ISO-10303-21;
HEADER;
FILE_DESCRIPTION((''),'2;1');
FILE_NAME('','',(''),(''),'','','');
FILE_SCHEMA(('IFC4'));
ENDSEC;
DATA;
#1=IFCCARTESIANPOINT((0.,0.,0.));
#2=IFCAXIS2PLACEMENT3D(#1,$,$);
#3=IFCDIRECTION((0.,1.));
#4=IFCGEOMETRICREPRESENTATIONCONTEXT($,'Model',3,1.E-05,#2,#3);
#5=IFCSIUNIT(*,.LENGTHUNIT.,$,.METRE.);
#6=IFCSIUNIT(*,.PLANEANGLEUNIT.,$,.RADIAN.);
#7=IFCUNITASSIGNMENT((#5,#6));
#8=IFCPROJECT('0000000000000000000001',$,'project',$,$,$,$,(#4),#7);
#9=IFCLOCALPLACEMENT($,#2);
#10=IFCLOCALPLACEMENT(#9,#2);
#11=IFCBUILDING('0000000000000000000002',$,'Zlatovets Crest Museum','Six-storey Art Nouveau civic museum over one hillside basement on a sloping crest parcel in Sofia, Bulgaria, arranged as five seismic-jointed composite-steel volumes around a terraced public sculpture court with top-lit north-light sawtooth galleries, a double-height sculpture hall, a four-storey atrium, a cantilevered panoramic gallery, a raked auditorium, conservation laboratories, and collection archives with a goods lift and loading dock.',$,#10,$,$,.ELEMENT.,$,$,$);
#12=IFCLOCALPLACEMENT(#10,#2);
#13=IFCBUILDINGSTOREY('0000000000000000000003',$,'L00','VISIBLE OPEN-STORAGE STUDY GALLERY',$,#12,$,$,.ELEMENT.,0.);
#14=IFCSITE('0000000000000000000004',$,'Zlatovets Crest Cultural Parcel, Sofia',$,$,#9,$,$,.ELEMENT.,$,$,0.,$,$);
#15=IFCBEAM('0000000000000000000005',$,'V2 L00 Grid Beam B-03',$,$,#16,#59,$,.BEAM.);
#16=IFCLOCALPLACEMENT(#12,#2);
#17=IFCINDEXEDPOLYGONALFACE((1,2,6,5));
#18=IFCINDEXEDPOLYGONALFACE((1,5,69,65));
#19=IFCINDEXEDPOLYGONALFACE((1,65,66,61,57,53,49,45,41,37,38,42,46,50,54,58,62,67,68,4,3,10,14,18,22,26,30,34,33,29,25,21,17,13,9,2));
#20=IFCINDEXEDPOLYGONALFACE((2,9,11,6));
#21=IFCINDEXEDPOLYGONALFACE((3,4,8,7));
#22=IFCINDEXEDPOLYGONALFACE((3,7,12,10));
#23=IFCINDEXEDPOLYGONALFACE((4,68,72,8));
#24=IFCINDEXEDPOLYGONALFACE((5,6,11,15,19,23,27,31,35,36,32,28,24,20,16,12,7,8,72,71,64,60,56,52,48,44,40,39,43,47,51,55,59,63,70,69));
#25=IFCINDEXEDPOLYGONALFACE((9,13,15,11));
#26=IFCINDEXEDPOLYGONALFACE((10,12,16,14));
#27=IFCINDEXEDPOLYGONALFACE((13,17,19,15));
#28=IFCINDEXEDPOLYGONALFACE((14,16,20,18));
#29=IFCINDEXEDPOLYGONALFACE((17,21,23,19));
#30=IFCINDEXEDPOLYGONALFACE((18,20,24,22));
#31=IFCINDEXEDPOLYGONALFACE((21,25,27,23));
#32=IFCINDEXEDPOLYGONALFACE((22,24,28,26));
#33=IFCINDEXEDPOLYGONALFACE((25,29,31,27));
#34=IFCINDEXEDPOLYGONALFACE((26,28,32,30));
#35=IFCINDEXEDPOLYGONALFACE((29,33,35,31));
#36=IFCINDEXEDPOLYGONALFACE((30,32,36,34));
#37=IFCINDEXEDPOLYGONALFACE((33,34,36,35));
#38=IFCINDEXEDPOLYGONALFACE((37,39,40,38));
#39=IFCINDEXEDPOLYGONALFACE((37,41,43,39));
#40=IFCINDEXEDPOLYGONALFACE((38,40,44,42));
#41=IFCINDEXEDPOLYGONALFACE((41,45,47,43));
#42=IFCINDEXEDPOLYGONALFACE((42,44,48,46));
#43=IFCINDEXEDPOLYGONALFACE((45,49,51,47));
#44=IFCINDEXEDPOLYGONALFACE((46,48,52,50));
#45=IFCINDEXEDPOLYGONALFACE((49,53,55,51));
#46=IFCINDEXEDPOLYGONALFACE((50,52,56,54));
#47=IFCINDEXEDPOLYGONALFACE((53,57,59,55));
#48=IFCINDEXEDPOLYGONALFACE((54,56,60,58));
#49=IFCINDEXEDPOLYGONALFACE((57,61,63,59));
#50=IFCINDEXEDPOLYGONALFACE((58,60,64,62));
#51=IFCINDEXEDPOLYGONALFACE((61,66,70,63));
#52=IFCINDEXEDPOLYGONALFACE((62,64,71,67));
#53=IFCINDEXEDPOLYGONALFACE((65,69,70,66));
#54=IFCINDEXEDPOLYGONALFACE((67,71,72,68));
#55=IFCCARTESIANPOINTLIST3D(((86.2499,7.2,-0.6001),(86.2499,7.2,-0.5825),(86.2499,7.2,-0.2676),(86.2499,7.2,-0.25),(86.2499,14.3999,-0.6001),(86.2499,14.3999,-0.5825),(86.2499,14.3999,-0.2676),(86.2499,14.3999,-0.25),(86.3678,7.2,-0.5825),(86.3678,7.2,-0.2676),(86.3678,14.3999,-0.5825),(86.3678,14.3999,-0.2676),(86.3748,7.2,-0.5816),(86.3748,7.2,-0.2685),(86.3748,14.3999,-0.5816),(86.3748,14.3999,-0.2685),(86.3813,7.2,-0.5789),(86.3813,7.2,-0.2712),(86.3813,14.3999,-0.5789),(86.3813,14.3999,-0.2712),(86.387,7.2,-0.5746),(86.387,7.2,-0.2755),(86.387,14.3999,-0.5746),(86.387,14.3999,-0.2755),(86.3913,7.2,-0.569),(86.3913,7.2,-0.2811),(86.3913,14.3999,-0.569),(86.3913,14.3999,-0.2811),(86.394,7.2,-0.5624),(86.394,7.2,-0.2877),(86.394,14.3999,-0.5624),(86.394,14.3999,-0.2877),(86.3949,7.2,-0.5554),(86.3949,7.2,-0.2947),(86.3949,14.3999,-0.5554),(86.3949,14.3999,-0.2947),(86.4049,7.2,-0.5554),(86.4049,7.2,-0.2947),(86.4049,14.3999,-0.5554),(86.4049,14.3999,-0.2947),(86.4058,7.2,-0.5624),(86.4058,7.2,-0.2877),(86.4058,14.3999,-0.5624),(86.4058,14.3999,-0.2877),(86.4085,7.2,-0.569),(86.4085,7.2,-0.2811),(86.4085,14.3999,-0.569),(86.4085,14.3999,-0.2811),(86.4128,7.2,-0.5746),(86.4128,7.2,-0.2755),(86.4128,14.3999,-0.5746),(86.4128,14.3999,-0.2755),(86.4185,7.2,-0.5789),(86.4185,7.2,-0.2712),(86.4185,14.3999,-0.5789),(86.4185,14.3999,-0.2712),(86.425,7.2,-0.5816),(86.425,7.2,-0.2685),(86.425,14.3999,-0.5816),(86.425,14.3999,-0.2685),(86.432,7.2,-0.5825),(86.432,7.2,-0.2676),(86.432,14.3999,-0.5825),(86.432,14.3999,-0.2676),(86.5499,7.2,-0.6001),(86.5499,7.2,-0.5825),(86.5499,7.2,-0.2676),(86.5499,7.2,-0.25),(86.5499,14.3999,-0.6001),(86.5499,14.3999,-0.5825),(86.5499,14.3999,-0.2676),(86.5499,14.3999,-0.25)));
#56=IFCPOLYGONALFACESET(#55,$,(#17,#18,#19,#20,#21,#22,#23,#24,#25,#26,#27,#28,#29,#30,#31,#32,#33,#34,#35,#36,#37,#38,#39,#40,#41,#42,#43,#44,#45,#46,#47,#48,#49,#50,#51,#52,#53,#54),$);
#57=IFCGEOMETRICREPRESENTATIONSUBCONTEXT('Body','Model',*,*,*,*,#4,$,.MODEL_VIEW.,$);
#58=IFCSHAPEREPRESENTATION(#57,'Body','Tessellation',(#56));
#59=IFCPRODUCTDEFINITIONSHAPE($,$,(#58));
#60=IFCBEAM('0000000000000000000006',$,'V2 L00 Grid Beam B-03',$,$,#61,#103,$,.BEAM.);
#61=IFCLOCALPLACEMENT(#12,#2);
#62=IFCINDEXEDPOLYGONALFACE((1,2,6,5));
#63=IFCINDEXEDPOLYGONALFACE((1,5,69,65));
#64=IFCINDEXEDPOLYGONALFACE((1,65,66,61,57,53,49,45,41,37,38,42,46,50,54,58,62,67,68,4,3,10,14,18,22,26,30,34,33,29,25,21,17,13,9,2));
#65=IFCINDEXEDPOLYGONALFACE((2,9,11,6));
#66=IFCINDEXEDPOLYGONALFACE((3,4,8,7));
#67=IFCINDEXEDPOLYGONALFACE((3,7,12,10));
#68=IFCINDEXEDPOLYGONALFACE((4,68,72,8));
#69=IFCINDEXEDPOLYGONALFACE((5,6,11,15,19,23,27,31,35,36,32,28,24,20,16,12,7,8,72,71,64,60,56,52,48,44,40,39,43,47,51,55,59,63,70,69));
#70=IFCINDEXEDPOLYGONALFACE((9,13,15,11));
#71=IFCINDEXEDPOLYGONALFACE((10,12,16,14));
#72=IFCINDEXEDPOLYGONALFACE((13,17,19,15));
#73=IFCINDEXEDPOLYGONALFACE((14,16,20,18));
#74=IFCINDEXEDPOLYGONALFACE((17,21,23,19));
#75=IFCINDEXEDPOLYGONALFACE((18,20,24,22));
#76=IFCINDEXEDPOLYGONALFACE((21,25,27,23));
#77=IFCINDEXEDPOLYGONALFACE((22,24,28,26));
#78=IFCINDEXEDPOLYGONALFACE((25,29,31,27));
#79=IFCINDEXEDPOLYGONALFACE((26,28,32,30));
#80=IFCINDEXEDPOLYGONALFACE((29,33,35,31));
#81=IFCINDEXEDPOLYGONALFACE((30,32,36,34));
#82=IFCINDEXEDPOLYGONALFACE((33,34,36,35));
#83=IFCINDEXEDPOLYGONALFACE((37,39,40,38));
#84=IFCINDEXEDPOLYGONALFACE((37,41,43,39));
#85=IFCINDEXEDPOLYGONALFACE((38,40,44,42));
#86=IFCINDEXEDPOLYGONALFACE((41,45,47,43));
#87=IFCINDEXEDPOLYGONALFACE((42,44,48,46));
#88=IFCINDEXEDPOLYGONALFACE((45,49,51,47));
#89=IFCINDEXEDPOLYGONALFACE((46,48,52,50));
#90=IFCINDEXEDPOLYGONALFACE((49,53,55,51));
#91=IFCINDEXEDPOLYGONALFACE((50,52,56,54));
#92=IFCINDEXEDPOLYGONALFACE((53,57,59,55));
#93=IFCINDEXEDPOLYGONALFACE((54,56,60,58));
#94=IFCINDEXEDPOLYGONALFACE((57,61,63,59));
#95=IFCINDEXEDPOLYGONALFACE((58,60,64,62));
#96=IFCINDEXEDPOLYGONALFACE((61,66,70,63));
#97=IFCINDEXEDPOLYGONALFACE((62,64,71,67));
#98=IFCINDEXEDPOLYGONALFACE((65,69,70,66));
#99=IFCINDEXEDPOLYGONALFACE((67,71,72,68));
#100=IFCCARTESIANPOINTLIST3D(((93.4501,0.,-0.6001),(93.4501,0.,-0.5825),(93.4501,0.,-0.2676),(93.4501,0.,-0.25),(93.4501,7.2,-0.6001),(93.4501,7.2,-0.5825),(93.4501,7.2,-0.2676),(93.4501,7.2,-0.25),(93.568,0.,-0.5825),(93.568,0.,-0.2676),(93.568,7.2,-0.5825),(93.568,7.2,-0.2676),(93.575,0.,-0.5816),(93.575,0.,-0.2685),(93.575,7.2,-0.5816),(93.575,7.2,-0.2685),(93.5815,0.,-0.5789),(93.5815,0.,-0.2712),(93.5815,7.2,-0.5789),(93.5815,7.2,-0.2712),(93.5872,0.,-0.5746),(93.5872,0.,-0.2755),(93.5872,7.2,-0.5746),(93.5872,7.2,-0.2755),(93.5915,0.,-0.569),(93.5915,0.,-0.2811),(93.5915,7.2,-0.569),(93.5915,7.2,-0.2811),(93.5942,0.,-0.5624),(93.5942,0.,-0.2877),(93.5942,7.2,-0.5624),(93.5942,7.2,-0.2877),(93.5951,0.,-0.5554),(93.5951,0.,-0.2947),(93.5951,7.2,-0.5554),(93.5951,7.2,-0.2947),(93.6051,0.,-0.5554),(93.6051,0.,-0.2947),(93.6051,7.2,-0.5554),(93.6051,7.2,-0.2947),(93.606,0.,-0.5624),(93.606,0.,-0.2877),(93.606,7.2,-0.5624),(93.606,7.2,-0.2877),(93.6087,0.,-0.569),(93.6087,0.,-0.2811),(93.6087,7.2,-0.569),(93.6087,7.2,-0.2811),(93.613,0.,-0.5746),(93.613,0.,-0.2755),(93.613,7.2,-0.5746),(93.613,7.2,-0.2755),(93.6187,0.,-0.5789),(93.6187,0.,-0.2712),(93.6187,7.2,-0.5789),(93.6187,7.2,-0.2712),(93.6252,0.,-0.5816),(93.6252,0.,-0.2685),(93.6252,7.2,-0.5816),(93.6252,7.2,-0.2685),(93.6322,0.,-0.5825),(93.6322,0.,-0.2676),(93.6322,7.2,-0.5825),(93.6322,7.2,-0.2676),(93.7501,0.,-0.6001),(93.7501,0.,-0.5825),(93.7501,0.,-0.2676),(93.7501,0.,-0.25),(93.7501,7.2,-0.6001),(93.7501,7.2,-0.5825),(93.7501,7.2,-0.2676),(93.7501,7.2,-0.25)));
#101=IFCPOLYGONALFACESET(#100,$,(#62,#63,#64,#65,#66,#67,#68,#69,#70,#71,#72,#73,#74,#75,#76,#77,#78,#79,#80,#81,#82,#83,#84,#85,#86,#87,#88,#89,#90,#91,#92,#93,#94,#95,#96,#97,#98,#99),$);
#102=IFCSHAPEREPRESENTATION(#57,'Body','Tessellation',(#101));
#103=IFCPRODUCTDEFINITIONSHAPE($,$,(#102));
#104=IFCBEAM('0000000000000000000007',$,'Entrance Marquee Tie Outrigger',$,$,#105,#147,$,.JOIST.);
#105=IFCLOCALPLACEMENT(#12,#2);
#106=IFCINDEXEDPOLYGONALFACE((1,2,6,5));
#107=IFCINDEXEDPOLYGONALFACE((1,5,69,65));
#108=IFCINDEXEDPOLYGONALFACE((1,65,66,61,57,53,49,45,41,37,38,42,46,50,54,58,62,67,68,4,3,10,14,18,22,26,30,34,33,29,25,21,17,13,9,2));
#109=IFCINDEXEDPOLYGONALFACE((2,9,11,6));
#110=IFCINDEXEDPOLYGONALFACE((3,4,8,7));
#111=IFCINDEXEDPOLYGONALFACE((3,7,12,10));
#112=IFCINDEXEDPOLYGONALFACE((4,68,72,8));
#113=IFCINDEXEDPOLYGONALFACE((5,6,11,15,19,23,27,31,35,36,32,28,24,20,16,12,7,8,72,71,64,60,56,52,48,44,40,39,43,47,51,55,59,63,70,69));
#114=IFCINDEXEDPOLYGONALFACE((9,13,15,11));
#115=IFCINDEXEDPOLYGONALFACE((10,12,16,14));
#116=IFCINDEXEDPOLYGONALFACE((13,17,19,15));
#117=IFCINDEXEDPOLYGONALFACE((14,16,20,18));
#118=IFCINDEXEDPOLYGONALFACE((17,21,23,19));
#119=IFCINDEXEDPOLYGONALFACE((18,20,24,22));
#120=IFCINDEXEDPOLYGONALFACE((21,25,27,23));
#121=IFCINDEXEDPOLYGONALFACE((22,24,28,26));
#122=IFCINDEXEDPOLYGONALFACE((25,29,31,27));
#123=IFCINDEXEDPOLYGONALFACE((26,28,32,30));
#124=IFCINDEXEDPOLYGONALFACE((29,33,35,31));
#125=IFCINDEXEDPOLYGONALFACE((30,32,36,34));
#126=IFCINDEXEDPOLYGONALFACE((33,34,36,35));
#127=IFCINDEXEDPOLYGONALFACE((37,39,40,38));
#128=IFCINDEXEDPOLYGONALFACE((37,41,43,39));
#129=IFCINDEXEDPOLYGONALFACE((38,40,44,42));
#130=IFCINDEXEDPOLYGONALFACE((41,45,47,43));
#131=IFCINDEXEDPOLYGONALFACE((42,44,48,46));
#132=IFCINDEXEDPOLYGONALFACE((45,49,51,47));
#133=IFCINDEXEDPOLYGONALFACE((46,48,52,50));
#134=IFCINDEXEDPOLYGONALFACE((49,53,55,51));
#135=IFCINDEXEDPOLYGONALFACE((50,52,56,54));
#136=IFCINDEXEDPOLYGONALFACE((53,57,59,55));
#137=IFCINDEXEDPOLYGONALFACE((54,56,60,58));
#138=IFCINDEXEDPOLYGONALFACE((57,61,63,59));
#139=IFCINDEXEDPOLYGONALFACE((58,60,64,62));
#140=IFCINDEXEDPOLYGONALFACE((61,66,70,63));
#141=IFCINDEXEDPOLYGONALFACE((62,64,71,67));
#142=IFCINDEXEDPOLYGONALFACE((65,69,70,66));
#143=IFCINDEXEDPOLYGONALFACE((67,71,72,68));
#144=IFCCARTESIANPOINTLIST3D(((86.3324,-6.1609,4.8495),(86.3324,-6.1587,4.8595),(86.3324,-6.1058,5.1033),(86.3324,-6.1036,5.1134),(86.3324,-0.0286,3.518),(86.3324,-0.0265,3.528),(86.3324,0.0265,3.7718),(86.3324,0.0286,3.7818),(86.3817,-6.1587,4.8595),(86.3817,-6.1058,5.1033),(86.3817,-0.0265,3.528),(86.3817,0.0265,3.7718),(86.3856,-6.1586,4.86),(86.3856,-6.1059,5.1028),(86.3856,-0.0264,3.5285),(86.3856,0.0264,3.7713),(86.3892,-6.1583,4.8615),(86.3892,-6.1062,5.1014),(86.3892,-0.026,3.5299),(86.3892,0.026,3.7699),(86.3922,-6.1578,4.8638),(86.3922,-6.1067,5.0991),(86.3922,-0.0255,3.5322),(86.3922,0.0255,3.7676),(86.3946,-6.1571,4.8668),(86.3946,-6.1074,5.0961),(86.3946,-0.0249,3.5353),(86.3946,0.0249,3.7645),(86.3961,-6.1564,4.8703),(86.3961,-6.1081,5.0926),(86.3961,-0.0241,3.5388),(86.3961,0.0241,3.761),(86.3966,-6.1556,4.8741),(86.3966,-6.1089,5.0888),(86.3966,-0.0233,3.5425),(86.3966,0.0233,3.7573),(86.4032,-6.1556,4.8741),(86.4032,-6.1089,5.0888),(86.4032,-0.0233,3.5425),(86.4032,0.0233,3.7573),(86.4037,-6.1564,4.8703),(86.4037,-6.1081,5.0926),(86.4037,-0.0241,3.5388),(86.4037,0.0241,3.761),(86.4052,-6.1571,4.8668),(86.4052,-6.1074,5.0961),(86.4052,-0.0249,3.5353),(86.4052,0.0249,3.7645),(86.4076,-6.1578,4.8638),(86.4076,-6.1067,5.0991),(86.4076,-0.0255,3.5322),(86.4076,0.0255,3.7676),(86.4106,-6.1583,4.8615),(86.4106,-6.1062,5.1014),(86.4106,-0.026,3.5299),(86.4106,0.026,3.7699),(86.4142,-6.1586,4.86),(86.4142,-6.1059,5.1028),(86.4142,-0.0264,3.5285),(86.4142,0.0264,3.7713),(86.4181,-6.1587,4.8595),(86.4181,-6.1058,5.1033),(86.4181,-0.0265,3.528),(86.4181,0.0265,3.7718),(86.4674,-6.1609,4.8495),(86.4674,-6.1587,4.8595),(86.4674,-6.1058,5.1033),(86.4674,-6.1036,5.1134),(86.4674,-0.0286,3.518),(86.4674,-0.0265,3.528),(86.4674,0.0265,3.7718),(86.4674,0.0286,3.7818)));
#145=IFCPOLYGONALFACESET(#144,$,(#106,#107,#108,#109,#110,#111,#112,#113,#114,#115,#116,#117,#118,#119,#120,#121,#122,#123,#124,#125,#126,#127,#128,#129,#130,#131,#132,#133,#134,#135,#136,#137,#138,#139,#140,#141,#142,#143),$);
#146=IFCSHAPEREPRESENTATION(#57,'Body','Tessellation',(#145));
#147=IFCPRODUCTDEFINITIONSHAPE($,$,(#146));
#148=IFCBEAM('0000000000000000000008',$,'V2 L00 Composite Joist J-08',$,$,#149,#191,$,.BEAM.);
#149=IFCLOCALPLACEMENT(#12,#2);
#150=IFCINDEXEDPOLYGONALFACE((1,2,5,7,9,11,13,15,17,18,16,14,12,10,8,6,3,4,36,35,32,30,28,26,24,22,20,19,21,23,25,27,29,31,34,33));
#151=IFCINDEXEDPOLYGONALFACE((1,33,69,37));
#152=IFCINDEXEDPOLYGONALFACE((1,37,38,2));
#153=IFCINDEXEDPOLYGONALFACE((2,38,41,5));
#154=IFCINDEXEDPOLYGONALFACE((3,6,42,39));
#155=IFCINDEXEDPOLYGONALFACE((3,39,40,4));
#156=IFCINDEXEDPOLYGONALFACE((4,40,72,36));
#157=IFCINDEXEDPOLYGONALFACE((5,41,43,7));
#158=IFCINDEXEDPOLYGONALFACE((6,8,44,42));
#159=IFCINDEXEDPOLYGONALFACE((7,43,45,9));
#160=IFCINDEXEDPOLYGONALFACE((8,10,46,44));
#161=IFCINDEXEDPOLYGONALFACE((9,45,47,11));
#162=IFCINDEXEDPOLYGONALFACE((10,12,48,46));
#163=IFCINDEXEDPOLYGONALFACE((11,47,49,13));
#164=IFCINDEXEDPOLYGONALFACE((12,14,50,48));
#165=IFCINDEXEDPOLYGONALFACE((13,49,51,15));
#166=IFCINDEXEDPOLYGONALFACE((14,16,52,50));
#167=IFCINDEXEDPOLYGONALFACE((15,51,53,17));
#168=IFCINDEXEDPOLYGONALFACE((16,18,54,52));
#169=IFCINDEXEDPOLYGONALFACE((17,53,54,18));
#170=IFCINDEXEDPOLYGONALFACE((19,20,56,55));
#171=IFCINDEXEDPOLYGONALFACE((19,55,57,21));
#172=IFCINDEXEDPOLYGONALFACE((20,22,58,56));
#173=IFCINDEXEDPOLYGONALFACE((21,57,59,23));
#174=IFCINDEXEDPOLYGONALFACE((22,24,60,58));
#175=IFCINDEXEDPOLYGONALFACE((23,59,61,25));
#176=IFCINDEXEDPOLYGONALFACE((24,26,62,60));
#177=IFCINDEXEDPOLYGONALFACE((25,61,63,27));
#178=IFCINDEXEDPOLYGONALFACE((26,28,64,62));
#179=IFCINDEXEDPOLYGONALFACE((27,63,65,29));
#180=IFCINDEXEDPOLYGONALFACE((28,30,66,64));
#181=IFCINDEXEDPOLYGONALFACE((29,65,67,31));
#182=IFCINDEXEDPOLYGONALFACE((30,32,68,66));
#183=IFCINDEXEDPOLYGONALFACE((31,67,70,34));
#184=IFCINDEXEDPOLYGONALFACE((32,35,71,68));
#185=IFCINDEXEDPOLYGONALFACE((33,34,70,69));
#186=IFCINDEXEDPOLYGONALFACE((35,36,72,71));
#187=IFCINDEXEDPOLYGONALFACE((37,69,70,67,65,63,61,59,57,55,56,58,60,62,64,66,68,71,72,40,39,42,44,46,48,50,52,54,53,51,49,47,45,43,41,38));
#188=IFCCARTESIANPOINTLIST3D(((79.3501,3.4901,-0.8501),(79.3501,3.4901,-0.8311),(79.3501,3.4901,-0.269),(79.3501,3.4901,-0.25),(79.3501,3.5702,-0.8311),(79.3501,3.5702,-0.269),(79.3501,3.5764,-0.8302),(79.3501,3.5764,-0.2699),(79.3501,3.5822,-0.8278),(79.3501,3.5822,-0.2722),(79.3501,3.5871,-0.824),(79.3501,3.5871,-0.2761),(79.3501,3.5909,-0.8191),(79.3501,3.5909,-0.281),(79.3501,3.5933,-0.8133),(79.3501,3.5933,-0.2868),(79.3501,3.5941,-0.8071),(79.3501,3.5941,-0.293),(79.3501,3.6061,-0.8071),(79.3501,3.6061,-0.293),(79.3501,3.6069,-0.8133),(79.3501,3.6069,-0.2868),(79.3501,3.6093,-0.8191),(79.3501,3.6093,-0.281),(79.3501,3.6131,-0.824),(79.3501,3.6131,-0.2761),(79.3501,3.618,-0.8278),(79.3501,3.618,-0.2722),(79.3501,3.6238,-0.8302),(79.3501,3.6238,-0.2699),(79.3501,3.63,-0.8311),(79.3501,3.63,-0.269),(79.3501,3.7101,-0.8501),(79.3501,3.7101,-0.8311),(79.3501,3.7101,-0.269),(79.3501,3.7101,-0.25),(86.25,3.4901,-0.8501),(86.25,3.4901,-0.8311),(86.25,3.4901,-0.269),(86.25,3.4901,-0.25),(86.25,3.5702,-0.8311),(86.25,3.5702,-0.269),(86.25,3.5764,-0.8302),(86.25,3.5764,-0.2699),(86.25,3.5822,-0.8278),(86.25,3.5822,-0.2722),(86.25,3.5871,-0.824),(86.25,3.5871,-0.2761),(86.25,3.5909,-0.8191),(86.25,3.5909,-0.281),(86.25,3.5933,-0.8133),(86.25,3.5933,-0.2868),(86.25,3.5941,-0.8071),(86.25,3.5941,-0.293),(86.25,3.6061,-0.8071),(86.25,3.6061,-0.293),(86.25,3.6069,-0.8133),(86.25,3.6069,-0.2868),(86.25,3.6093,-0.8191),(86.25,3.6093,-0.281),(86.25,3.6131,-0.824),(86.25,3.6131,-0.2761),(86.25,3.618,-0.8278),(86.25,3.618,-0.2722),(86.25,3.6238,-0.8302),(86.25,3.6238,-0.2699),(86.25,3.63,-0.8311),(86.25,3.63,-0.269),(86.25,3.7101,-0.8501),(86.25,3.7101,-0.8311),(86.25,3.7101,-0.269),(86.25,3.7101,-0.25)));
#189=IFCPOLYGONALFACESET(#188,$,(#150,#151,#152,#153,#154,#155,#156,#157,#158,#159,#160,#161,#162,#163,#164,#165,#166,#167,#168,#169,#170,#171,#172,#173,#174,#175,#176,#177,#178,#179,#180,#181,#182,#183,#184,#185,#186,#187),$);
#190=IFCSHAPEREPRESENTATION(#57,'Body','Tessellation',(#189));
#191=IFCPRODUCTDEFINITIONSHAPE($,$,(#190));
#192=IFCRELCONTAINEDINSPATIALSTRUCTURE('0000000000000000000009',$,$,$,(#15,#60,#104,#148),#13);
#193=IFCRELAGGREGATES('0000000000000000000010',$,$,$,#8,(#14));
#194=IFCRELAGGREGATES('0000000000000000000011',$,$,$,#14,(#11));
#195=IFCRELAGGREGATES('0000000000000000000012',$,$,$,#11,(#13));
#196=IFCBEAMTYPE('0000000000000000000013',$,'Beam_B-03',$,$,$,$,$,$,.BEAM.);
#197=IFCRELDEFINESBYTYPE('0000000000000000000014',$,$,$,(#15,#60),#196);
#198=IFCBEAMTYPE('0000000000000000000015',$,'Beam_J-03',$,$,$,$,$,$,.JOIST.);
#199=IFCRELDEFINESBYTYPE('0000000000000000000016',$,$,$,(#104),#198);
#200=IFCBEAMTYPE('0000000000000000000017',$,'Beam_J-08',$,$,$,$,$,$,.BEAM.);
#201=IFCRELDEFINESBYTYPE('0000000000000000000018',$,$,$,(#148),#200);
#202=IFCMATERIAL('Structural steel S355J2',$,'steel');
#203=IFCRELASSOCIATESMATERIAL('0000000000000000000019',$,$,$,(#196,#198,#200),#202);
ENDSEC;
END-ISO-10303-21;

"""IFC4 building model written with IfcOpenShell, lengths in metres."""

from ifc_helpers import new_model, si_unit, direction, frame, origin, origin_2d, place, context, subcontext, project, spatial, i_section, extrude, material, material_profile, profile_set, type_object, element, save


model = new_model("IFC4")

# Units and contexts
model_context = context("Model", 3, precision=1e-05, world=origin(), true_north=direction((0.0, 1.0)))
body_context = subcontext(model_context, "Body", "Model", "MODEL_VIEW")
ifc_project = project(units=[si_unit("LENGTHUNIT", "METRE"), si_unit("PLANEANGLEUNIT", "RADIAN")], contexts=[model_context])

# Site, building, storey
site_placement = place(None, origin())
site = spatial("IfcSite", under=ifc_project, at=site_placement, Name="Zlatovets Crest Cultural Parcel, Sofia", CompositionType="ELEMENT", RefElevation=0.0)
building_placement = place(site_placement, origin())
building = spatial("IfcBuilding", under=site, at=building_placement, Name="Zlatovets Crest Museum", Description="Six-storey Art Nouveau civic museum over one hillside basement on a sloping crest parcel in Sofia, Bulgaria, arranged as five seismic-jointed composite-steel volumes around a terraced public sculpture court with top-lit north-light sawtooth galleries, a double-height sculpture hall, a four-storey atrium, a cantilevered panoramic gallery, a raked auditorium, conservation laboratories, and collection archives with a goods lift and loading dock.", CompositionType="ELEMENT")
storey_placement = place(building_placement, origin())
storey = spatial("IfcBuildingStorey", under=building, at=storey_placement, Name="L00", Description="VISIBLE OPEN-STORAGE STUDY GALLERY", CompositionType="ELEMENT", Elevation=0.0)

# Shared definitions
ifc_material_1 = material(Name="Structural steel S355J2", Category="steel")

# Beams
ifc_material_profile_1 = material_profile(ifc_material_1, i_section(OverallWidth=0.3, OverallDepth=0.3501, WebThickness=0.01, FlangeThickness=0.0176, FilletRadius=0.0271, at=origin_2d()), Name="HEA 360")
ifc_profile_set_1 = profile_set([ifc_material_profile_1], Name="Structural steel S355J2")
beam_type_1 = type_object("IfcBeamType", Name="Beam_B-03", PredefinedType="BEAM", material=ifc_profile_set_1)
for number, where, z_axis, x_axis, name in (
    (1, (86.3999, 7.2, -0.425), (0.0, 1.0, 0.0), (-1.0, 0.0, 0.0), "V2 L00 Grid Beam B-03"),
    (2, (93.6001, 0.0, -0.425), (0.0, 1.0, 0.0), (-1.0, 0.0, 0.0), "V2 L00 Grid Beam B-03"),
):
    element("IfcBeam", number, at=place(storey_placement, frame(where, z_axis=z_axis, x_axis=x_axis)), inside=storey, type_object=beam_type_1, Name=name, PredefinedType="BEAM", context=body_context, shape_type="SweptSolid", body=[
        extrude(i_section(OverallWidth=0.3, OverallDepth=0.3501, WebThickness=0.01, FlangeThickness=0.0176, FilletRadius=0.0271, at=origin_2d()), origin(), (0.0, 0.0, 1.0), 7.2),
    ])
ifc_material_profile_2 = material_profile(ifc_material_1, i_section(OverallWidth=0.135, OverallDepth=0.27, WebThickness=0.0066, FlangeThickness=0.0103, FilletRadius=0.0149, at=origin_2d()), Name="IPE 270")
ifc_profile_set_2 = profile_set([ifc_material_profile_2], Name="Structural steel S355J2")
beam_type_2 = type_object("IfcBeamType", Name="Beam_J-03", PredefinedType="JOIST", material=ifc_profile_set_2)
beam_1_placement = place(storey_placement, frame((86.3999, 0.0, 3.6499), z_axis=(0.0, -0.977228, 0.212191), x_axis=(1.0, 0.0, 0.0)))
element("IfcBeam", 3, at=beam_1_placement, inside=storey, type_object=beam_type_2, Name="Entrance Marquee Tie Outrigger", PredefinedType="JOIST", context=body_context, shape_type="SweptSolid", body=[
    extrude(i_section(OverallWidth=0.135, OverallDepth=0.27, WebThickness=0.0066, FlangeThickness=0.0103, FilletRadius=0.0149, at=origin_2d()), origin(), (0.0, 0.0, 1.0), 6.2751),
])
ifc_material_profile_3 = material_profile(ifc_material_1, i_section(OverallWidth=0.22, OverallDepth=0.6001, WebThickness=0.012, FlangeThickness=0.019, FilletRadius=0.0239, at=origin_2d()), Name="IPE 600")
ifc_profile_set_3 = profile_set([ifc_material_profile_3], Name="Structural steel S355J2")
beam_type_3 = type_object("IfcBeamType", Name="Beam_J-08", PredefinedType="BEAM", material=ifc_profile_set_3)
for number, where, z_axis, x_axis, name in (
    (4, (79.3501, 3.6001, -0.55), (1.0, 0.0, 0.0), (0.0, 1.0, 0.0), "V2 L00 Composite Joist J-08"),
):
    element("IfcBeam", number, at=place(storey_placement, frame(where, z_axis=z_axis, x_axis=x_axis)), inside=storey, type_object=beam_type_3, Name=name, PredefinedType="BEAM", context=body_context, shape_type="SweptSolid", body=[
        extrude(i_section(OverallWidth=0.22, OverallDepth=0.6001, WebThickness=0.012, FlangeThickness=0.019, FilletRadius=0.0239, at=origin_2d()), origin(), (0.0, 0.0, 1.0), 6.8999),
    ])

save(model, "model.ifc")
